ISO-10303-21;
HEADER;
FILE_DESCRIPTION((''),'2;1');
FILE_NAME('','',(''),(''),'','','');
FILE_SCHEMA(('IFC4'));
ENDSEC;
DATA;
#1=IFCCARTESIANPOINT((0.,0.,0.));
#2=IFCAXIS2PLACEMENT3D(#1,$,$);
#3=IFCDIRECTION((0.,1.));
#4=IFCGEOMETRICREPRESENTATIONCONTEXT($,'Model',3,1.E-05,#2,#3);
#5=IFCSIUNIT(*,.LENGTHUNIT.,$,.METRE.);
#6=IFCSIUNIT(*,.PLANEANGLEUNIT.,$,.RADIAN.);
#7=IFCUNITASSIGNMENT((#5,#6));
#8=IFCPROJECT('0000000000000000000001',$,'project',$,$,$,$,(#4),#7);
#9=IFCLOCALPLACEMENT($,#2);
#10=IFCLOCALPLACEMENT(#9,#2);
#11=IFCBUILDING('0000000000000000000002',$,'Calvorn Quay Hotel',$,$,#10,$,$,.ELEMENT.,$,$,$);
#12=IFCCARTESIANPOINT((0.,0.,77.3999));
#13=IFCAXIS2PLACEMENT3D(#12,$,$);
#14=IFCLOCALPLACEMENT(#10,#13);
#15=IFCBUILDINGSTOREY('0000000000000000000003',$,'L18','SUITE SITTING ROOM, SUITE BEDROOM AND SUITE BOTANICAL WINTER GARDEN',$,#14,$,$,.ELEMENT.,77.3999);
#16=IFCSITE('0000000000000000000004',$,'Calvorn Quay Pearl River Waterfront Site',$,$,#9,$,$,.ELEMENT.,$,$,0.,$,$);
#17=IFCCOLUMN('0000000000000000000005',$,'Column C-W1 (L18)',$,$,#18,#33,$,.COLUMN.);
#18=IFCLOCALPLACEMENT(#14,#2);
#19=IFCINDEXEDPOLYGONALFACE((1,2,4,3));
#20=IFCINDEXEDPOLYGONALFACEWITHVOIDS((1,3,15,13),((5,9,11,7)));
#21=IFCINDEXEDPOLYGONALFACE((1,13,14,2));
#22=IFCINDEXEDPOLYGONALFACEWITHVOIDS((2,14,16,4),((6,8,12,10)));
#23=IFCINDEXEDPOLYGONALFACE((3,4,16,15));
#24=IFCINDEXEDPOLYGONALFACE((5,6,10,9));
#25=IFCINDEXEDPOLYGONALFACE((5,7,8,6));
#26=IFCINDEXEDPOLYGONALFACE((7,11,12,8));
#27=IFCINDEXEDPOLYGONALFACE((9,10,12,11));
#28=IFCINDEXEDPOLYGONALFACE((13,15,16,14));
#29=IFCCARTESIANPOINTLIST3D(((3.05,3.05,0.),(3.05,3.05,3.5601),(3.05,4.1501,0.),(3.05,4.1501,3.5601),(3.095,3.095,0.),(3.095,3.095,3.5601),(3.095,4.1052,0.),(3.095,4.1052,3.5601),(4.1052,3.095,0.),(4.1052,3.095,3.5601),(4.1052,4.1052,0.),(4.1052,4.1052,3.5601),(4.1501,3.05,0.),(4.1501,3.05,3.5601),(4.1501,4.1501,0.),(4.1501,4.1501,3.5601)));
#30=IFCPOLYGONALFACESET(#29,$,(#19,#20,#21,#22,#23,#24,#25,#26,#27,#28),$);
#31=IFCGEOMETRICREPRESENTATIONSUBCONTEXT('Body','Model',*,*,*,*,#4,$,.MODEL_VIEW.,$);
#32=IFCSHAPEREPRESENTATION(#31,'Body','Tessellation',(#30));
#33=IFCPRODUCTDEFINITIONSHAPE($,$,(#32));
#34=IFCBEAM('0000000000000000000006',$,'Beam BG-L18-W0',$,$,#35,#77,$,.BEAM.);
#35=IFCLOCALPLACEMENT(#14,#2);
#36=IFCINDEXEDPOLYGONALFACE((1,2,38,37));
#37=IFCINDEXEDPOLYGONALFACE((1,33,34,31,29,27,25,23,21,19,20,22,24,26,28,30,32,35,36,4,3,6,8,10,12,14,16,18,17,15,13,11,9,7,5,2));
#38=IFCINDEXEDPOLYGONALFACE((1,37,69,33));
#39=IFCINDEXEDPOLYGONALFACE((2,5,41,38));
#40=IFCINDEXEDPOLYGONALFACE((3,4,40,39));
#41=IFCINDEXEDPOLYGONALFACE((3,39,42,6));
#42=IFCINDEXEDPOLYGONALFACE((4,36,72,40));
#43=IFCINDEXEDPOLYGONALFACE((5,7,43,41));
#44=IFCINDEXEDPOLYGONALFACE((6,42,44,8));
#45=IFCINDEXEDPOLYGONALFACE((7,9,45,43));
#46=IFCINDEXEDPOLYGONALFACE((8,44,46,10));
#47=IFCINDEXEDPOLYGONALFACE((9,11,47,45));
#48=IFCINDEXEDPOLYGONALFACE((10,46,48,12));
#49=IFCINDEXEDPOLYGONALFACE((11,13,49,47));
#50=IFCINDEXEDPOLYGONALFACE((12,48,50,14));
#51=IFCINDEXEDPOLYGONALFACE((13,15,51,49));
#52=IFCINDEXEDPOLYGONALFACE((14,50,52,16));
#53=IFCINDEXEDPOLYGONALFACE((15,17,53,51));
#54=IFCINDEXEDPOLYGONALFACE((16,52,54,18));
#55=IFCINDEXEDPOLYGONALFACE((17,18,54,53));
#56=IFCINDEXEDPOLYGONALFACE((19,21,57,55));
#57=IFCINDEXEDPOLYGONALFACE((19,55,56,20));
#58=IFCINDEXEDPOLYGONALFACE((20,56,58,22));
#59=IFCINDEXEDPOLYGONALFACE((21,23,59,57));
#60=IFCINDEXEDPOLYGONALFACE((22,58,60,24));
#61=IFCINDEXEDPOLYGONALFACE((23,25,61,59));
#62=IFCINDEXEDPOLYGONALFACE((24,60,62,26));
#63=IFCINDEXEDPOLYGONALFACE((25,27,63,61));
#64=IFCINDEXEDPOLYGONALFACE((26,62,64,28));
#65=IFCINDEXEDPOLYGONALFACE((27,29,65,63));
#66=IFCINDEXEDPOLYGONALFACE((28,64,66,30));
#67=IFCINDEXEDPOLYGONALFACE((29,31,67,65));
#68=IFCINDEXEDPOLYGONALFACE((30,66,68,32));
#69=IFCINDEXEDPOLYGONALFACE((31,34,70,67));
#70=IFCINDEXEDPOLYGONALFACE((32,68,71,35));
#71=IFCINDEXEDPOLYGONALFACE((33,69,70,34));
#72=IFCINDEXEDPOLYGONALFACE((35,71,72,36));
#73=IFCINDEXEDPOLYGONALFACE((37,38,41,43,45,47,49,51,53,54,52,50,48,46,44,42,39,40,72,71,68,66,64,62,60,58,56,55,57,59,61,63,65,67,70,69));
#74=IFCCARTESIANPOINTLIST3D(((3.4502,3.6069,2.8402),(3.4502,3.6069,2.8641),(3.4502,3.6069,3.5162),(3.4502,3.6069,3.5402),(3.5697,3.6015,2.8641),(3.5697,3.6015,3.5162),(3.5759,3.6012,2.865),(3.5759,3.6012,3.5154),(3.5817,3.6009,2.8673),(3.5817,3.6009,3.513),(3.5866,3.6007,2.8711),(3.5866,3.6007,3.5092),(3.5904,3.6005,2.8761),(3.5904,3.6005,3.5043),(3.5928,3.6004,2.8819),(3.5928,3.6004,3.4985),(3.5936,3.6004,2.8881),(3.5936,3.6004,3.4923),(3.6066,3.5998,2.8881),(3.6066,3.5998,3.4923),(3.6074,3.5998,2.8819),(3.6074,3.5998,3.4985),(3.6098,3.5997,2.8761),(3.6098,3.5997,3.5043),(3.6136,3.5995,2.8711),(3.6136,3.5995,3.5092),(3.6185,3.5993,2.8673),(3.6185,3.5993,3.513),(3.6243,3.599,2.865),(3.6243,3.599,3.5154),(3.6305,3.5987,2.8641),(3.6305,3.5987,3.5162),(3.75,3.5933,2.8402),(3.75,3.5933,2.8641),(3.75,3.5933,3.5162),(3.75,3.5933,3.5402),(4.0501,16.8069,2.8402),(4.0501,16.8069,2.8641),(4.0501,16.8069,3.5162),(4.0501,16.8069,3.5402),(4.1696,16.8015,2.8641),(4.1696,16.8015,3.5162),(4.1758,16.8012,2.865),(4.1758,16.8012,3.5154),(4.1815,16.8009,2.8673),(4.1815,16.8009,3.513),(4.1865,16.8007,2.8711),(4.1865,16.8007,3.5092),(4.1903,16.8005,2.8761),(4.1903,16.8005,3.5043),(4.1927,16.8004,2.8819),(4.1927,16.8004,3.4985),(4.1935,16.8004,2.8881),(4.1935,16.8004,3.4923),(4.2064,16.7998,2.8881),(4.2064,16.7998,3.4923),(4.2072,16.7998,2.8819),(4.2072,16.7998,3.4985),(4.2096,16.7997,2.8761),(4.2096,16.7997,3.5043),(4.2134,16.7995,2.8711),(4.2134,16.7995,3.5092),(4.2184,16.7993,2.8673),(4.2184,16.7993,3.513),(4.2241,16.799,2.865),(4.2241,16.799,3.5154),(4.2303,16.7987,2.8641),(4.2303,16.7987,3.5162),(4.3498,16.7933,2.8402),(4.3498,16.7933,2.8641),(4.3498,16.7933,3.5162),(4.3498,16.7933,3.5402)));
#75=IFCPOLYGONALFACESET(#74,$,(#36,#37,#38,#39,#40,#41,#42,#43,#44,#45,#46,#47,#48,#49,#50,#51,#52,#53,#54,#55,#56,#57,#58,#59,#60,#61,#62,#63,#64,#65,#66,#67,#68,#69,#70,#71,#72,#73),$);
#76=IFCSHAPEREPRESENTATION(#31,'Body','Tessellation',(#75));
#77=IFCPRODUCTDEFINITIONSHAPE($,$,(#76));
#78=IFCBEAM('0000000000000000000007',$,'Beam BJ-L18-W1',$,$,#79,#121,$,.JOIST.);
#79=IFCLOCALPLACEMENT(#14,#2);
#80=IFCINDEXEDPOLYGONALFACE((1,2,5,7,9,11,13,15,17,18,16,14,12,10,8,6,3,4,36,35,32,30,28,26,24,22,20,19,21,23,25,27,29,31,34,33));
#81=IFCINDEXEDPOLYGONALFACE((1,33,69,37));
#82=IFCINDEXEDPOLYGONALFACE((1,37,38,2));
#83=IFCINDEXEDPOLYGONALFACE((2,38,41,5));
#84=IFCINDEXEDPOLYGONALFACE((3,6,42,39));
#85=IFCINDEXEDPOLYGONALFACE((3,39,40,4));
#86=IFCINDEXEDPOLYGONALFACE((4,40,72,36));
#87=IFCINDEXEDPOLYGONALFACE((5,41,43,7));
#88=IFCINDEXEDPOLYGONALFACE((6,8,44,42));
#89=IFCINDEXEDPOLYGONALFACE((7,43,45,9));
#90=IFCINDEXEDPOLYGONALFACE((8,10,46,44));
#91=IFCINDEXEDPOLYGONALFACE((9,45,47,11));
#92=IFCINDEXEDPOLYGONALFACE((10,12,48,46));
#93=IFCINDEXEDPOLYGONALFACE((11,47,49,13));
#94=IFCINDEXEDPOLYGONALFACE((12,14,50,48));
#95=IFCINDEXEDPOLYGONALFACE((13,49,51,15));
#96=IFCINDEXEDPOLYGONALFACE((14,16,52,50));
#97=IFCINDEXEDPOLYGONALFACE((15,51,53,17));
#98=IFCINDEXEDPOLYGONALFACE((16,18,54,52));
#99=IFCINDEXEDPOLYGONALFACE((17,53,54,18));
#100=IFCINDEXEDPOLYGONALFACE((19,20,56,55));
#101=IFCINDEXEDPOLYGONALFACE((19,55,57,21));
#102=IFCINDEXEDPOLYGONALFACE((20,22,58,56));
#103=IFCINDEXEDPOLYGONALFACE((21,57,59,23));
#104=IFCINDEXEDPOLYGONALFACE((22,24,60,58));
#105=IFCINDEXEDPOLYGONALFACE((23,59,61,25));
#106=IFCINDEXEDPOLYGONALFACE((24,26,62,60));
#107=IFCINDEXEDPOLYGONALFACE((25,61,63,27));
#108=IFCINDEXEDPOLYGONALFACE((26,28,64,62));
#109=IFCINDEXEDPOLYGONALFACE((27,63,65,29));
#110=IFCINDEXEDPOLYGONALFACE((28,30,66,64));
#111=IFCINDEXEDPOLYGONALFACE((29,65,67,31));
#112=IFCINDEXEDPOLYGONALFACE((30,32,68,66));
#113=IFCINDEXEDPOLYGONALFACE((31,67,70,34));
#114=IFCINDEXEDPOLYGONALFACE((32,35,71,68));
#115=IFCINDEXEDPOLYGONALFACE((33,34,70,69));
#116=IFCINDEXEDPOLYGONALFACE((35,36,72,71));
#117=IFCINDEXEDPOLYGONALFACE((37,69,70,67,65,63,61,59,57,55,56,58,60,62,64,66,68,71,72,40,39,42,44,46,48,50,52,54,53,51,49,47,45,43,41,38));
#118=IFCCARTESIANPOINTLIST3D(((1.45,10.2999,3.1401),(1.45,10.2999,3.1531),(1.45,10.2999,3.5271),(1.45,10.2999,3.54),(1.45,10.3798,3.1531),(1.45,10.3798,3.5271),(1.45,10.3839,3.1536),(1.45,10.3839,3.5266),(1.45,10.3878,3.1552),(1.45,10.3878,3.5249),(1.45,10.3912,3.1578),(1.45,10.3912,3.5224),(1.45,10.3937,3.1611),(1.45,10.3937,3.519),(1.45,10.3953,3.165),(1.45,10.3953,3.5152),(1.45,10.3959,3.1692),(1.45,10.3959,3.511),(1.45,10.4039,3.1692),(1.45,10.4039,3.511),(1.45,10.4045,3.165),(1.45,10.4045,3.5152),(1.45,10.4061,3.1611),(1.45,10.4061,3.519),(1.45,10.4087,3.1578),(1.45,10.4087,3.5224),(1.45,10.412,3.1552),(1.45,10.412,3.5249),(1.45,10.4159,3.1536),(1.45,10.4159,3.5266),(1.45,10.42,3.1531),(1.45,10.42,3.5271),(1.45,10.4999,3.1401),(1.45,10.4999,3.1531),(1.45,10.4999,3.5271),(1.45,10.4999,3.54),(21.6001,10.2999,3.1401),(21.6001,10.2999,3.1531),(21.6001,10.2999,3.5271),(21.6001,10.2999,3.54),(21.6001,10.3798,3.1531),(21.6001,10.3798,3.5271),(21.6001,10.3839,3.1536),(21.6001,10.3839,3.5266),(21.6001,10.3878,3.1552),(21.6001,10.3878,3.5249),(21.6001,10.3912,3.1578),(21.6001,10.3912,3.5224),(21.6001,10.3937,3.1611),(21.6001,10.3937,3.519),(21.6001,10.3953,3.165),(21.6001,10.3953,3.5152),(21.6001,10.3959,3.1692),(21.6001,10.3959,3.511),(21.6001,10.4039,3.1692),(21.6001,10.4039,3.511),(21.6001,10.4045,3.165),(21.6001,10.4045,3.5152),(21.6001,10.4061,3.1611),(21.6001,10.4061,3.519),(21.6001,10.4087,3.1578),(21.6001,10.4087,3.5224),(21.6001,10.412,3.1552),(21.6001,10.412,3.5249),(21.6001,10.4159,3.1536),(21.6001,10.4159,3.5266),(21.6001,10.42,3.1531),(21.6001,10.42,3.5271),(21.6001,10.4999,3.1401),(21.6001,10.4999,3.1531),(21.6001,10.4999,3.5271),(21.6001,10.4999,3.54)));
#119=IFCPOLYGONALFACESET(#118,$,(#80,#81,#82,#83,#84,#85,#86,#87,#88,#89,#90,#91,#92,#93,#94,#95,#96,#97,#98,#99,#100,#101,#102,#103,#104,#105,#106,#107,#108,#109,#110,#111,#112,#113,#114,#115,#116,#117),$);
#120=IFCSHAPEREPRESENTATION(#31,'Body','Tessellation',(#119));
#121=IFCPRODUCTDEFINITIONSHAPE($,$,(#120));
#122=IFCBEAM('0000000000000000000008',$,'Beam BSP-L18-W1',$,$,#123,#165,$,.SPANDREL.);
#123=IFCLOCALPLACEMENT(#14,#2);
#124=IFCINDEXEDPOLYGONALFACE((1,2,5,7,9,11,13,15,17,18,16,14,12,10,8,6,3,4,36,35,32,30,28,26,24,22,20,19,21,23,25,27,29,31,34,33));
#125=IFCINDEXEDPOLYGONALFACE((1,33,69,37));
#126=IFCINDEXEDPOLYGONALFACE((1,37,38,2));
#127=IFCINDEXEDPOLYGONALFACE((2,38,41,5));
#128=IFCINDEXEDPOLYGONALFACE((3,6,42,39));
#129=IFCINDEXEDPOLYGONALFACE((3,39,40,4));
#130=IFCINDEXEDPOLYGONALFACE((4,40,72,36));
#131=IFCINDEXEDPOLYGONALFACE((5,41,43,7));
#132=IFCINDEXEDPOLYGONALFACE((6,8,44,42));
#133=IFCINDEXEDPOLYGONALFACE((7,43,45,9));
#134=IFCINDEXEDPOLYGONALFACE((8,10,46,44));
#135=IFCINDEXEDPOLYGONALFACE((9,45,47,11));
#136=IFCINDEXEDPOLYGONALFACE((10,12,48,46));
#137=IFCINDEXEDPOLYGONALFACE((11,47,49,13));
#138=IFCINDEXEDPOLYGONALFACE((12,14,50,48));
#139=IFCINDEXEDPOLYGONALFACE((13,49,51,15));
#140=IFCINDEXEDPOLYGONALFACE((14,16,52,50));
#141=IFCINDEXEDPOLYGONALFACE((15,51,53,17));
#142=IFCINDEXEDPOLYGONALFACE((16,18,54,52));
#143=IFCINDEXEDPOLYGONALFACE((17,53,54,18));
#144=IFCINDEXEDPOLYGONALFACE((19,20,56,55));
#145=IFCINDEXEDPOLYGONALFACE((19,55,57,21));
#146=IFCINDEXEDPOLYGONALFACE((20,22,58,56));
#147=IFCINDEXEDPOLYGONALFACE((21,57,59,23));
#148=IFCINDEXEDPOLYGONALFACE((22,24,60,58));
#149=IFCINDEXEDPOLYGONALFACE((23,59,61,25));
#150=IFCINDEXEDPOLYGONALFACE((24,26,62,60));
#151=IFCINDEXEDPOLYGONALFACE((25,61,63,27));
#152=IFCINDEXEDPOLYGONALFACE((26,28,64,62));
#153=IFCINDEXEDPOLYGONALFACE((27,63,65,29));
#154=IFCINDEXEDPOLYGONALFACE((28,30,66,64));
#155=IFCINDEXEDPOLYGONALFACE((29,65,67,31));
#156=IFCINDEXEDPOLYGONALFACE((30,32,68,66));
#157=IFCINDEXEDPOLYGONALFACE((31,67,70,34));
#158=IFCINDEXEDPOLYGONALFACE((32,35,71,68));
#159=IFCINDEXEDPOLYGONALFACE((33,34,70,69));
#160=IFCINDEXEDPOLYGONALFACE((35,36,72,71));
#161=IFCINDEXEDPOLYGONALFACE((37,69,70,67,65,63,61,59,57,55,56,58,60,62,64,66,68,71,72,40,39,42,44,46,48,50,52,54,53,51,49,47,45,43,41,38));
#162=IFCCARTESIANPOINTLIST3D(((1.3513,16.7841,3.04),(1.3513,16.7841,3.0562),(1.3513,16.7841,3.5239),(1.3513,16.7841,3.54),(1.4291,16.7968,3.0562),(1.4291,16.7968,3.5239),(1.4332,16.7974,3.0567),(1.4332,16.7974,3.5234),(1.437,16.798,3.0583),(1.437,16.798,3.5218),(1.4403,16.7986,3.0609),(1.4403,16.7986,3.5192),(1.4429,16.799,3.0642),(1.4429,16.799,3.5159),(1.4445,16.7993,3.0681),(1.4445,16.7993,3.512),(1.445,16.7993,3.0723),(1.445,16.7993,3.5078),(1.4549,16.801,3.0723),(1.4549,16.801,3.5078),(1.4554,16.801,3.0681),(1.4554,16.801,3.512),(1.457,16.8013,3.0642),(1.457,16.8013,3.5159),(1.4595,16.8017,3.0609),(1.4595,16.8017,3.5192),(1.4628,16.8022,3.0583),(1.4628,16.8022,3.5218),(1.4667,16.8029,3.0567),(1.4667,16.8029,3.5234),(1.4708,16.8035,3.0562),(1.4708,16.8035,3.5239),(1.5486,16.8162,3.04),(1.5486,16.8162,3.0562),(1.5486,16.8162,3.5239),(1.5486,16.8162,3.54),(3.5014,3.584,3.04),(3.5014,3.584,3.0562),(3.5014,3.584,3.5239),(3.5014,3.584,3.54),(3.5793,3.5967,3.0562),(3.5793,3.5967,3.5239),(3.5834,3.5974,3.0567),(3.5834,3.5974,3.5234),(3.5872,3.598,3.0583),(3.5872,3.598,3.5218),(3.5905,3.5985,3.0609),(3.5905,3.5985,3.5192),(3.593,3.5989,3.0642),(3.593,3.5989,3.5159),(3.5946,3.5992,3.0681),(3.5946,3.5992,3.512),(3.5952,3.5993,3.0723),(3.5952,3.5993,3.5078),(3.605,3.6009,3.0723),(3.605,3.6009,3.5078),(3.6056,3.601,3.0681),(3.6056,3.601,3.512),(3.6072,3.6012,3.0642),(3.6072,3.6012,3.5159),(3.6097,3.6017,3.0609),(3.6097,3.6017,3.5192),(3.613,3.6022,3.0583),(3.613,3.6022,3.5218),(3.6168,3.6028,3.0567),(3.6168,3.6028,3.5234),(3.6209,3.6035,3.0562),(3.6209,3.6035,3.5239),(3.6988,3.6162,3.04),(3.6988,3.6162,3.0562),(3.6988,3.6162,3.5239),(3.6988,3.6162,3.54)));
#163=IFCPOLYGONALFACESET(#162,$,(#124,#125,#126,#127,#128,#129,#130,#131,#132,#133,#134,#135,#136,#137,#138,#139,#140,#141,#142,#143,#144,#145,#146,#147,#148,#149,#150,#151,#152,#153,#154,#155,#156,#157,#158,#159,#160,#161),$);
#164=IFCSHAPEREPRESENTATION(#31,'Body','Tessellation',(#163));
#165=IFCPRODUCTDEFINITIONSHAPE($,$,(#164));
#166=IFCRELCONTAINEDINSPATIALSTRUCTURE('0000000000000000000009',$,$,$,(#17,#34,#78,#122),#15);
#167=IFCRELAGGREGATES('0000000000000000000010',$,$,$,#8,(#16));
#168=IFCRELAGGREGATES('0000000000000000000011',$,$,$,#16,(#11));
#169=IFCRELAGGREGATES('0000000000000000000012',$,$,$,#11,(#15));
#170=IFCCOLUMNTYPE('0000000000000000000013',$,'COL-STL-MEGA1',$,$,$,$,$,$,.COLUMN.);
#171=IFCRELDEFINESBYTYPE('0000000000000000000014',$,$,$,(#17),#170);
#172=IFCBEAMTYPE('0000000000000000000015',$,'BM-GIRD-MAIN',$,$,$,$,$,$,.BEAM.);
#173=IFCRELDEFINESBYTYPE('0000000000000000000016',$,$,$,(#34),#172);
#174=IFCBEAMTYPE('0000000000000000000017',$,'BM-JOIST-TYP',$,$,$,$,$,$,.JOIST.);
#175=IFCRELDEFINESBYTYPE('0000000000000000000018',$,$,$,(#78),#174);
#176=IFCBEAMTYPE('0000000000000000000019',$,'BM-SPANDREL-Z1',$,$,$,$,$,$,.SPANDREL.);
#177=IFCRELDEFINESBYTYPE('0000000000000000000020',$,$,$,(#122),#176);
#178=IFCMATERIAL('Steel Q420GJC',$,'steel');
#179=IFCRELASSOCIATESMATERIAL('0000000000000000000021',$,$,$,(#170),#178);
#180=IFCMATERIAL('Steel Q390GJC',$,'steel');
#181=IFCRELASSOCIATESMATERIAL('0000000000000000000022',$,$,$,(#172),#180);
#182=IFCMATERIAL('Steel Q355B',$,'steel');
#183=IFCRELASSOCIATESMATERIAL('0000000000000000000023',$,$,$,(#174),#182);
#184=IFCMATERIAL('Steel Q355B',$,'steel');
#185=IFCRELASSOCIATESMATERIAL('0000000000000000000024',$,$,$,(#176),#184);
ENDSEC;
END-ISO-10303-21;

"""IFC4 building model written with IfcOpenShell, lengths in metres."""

from ifc_helpers import new_model, si_unit, direction, frame, origin, origin_2d, place, context, subcontext, project, spatial, hollow_rectangle, i_section, extrude, material, material_profile, profile_set, type_object, element, save


model = new_model("IFC4")

# Units and contexts
model_context = context("Model", 3, precision=1e-05, world=origin(), true_north=direction((0.0, 1.0)))
body_context = subcontext(model_context, "Body", "Model", "MODEL_VIEW")
ifc_project = project(units=[si_unit("LENGTHUNIT", "METRE"), si_unit("PLANEANGLEUNIT", "RADIAN")], contexts=[model_context])

# Site, building, storey
site_placement = place(None, origin())
site = spatial("IfcSite", under=ifc_project, at=site_placement, Name="Calvorn Quay Pearl River Waterfront Site", CompositionType="ELEMENT", RefElevation=0.0)
building_placement = place(site_placement, origin())
building = spatial("IfcBuilding", under=site, at=building_placement, Name="Calvorn Quay Hotel", CompositionType="ELEMENT")
storey_placement = place(building_placement, frame((0.0, 0.0, 77.3999)))
storey = spatial("IfcBuildingStorey", under=building, at=storey_placement, Name="L18", Description="SUITE SITTING ROOM, SUITE BEDROOM AND SUITE BOTANICAL WINTER GARDEN", CompositionType="ELEMENT", Elevation=77.3999)

# Column
ifc_material_1 = material(Name="Steel Q420GJC", Category="steel")
ifc_material_profile_1 = material_profile(ifc_material_1, hollow_rectangle(XDim=1.1001, YDim=1.1001, WallThickness=0.0449, at=origin_2d()), Name="BOX1100x1100x45")
ifc_profile_set_1 = profile_set([ifc_material_profile_1], Name="Steel Q420GJC")
column_type = type_object("IfcColumnType", Name="COL-STL-MEGA1", PredefinedType="COLUMN", material=ifc_profile_set_1)
column_placement = place(storey_placement, frame((3.6001, 3.6001, 0.0), z_axis=(0.0, 0.0, 1.0), x_axis=(1.0, 0.0, 0.0)))
element("IfcColumn", 1, at=column_placement, inside=storey, type_object=column_type, Name="Column C-W1 (L18)", PredefinedType="COLUMN", context=body_context, shape_type="SweptSolid", body=[
    extrude(hollow_rectangle(XDim=1.1001, YDim=1.1001, WallThickness=0.0449, at=origin_2d()), origin(), (0.0, 0.0, 1.0), 3.5601),
])

# Beams
ifc_material_2 = material(Name="Steel Q390GJC", Category="steel")
ifc_material_profile_2 = material_profile(ifc_material_2, i_section(OverallWidth=0.3, OverallDepth=0.7, WebThickness=0.0129, FlangeThickness=0.0239, FilletRadius=0.0239, at=origin_2d()), Name="HN700x300x13x24")
ifc_profile_set_2 = profile_set([ifc_material_profile_2], Name="Steel Q390GJC")
beam_type_1 = type_object("IfcBeamType", Name="BM-GIRD-MAIN", PredefinedType="BEAM", material=ifc_profile_set_2)
beam_1_placement = place(storey_placement, frame((3.6001, 3.6001, 3.1902), z_axis=(0.045397, 0.998969, 0.0), x_axis=(-0.998969, 0.045397, 0.0)))
element("IfcBeam", 2, at=beam_1_placement, inside=storey, type_object=beam_type_1, Name="Beam BG-L18-W0", PredefinedType="BEAM", context=body_context, shape_type="SweptSolid", body=[
    extrude(i_section(OverallWidth=0.3, OverallDepth=0.7, WebThickness=0.0129, FlangeThickness=0.0239, FilletRadius=0.0239, at=origin_2d()), origin(), (0.0, 0.0, 1.0), 13.2136),
])
ifc_material_3 = material(Name="Steel Q355B", Category="steel")
ifc_material_profile_3 = material_profile(ifc_material_3, i_section(OverallWidth=0.2, OverallDepth=0.3999, WebThickness=0.0081, FlangeThickness=0.0129, FilletRadius=0.0161, at=origin_2d()), Name="HN400x200x8x13")
ifc_profile_set_3 = profile_set([ifc_material_profile_3], Name="Steel Q355B")
beam_type_2 = type_object("IfcBeamType", Name="BM-JOIST-TYP", PredefinedType="JOIST", material=ifc_profile_set_3)
beam_2_placement = place(storey_placement, frame((1.45, 10.3999, 3.3401), z_axis=(1.0, 0.0, 0.0), x_axis=(0.0, 1.0, 0.0)))
element("IfcBeam", 3, at=beam_2_placement, inside=storey, type_object=beam_type_2, Name="Beam BJ-L18-W1", PredefinedType="JOIST", context=body_context, shape_type="SweptSolid", body=[
    extrude(i_section(OverallWidth=0.2, OverallDepth=0.3999, WebThickness=0.0081, FlangeThickness=0.0129, FilletRadius=0.0161, at=origin_2d()), origin(), (0.0, 0.0, 1.0), 20.1501),
])
ifc_material_4 = material(Name="Steel Q355B", Category="steel")
ifc_material_profile_4 = material_profile(ifc_material_4, i_section(OverallWidth=0.2, OverallDepth=0.5, WebThickness=0.01, FlangeThickness=0.0161, FilletRadius=0.0161, at=origin_2d()), Name="HN500x200x10x16")
ifc_profile_set_4 = profile_set([ifc_material_profile_4], Name="Steel Q355B")
beam_type_3 = type_object("IfcBeamType", Name="BM-SPANDREL-Z1", PredefinedType="SPANDREL", material=ifc_profile_set_4)
beam_3_placement = place(storey_placement, frame((3.6001, 3.6001, 3.29), z_axis=(-0.160772, 0.986992, 0.0), x_axis=(-0.986992, -0.160772, 0.0)))
element("IfcBeam", 4, at=beam_3_placement, inside=storey, type_object=beam_type_3, Name="Beam BSP-L18-W1", PredefinedType="SPANDREL", context=body_context, shape_type="SweptSolid", body=[
    extrude(i_section(OverallWidth=0.2, OverallDepth=0.5, WebThickness=0.01, FlangeThickness=0.0161, FilletRadius=0.0161, at=origin_2d()), origin(), (0.0, 0.0, 1.0), 13.374),
])

save(model, "model.ifc")
